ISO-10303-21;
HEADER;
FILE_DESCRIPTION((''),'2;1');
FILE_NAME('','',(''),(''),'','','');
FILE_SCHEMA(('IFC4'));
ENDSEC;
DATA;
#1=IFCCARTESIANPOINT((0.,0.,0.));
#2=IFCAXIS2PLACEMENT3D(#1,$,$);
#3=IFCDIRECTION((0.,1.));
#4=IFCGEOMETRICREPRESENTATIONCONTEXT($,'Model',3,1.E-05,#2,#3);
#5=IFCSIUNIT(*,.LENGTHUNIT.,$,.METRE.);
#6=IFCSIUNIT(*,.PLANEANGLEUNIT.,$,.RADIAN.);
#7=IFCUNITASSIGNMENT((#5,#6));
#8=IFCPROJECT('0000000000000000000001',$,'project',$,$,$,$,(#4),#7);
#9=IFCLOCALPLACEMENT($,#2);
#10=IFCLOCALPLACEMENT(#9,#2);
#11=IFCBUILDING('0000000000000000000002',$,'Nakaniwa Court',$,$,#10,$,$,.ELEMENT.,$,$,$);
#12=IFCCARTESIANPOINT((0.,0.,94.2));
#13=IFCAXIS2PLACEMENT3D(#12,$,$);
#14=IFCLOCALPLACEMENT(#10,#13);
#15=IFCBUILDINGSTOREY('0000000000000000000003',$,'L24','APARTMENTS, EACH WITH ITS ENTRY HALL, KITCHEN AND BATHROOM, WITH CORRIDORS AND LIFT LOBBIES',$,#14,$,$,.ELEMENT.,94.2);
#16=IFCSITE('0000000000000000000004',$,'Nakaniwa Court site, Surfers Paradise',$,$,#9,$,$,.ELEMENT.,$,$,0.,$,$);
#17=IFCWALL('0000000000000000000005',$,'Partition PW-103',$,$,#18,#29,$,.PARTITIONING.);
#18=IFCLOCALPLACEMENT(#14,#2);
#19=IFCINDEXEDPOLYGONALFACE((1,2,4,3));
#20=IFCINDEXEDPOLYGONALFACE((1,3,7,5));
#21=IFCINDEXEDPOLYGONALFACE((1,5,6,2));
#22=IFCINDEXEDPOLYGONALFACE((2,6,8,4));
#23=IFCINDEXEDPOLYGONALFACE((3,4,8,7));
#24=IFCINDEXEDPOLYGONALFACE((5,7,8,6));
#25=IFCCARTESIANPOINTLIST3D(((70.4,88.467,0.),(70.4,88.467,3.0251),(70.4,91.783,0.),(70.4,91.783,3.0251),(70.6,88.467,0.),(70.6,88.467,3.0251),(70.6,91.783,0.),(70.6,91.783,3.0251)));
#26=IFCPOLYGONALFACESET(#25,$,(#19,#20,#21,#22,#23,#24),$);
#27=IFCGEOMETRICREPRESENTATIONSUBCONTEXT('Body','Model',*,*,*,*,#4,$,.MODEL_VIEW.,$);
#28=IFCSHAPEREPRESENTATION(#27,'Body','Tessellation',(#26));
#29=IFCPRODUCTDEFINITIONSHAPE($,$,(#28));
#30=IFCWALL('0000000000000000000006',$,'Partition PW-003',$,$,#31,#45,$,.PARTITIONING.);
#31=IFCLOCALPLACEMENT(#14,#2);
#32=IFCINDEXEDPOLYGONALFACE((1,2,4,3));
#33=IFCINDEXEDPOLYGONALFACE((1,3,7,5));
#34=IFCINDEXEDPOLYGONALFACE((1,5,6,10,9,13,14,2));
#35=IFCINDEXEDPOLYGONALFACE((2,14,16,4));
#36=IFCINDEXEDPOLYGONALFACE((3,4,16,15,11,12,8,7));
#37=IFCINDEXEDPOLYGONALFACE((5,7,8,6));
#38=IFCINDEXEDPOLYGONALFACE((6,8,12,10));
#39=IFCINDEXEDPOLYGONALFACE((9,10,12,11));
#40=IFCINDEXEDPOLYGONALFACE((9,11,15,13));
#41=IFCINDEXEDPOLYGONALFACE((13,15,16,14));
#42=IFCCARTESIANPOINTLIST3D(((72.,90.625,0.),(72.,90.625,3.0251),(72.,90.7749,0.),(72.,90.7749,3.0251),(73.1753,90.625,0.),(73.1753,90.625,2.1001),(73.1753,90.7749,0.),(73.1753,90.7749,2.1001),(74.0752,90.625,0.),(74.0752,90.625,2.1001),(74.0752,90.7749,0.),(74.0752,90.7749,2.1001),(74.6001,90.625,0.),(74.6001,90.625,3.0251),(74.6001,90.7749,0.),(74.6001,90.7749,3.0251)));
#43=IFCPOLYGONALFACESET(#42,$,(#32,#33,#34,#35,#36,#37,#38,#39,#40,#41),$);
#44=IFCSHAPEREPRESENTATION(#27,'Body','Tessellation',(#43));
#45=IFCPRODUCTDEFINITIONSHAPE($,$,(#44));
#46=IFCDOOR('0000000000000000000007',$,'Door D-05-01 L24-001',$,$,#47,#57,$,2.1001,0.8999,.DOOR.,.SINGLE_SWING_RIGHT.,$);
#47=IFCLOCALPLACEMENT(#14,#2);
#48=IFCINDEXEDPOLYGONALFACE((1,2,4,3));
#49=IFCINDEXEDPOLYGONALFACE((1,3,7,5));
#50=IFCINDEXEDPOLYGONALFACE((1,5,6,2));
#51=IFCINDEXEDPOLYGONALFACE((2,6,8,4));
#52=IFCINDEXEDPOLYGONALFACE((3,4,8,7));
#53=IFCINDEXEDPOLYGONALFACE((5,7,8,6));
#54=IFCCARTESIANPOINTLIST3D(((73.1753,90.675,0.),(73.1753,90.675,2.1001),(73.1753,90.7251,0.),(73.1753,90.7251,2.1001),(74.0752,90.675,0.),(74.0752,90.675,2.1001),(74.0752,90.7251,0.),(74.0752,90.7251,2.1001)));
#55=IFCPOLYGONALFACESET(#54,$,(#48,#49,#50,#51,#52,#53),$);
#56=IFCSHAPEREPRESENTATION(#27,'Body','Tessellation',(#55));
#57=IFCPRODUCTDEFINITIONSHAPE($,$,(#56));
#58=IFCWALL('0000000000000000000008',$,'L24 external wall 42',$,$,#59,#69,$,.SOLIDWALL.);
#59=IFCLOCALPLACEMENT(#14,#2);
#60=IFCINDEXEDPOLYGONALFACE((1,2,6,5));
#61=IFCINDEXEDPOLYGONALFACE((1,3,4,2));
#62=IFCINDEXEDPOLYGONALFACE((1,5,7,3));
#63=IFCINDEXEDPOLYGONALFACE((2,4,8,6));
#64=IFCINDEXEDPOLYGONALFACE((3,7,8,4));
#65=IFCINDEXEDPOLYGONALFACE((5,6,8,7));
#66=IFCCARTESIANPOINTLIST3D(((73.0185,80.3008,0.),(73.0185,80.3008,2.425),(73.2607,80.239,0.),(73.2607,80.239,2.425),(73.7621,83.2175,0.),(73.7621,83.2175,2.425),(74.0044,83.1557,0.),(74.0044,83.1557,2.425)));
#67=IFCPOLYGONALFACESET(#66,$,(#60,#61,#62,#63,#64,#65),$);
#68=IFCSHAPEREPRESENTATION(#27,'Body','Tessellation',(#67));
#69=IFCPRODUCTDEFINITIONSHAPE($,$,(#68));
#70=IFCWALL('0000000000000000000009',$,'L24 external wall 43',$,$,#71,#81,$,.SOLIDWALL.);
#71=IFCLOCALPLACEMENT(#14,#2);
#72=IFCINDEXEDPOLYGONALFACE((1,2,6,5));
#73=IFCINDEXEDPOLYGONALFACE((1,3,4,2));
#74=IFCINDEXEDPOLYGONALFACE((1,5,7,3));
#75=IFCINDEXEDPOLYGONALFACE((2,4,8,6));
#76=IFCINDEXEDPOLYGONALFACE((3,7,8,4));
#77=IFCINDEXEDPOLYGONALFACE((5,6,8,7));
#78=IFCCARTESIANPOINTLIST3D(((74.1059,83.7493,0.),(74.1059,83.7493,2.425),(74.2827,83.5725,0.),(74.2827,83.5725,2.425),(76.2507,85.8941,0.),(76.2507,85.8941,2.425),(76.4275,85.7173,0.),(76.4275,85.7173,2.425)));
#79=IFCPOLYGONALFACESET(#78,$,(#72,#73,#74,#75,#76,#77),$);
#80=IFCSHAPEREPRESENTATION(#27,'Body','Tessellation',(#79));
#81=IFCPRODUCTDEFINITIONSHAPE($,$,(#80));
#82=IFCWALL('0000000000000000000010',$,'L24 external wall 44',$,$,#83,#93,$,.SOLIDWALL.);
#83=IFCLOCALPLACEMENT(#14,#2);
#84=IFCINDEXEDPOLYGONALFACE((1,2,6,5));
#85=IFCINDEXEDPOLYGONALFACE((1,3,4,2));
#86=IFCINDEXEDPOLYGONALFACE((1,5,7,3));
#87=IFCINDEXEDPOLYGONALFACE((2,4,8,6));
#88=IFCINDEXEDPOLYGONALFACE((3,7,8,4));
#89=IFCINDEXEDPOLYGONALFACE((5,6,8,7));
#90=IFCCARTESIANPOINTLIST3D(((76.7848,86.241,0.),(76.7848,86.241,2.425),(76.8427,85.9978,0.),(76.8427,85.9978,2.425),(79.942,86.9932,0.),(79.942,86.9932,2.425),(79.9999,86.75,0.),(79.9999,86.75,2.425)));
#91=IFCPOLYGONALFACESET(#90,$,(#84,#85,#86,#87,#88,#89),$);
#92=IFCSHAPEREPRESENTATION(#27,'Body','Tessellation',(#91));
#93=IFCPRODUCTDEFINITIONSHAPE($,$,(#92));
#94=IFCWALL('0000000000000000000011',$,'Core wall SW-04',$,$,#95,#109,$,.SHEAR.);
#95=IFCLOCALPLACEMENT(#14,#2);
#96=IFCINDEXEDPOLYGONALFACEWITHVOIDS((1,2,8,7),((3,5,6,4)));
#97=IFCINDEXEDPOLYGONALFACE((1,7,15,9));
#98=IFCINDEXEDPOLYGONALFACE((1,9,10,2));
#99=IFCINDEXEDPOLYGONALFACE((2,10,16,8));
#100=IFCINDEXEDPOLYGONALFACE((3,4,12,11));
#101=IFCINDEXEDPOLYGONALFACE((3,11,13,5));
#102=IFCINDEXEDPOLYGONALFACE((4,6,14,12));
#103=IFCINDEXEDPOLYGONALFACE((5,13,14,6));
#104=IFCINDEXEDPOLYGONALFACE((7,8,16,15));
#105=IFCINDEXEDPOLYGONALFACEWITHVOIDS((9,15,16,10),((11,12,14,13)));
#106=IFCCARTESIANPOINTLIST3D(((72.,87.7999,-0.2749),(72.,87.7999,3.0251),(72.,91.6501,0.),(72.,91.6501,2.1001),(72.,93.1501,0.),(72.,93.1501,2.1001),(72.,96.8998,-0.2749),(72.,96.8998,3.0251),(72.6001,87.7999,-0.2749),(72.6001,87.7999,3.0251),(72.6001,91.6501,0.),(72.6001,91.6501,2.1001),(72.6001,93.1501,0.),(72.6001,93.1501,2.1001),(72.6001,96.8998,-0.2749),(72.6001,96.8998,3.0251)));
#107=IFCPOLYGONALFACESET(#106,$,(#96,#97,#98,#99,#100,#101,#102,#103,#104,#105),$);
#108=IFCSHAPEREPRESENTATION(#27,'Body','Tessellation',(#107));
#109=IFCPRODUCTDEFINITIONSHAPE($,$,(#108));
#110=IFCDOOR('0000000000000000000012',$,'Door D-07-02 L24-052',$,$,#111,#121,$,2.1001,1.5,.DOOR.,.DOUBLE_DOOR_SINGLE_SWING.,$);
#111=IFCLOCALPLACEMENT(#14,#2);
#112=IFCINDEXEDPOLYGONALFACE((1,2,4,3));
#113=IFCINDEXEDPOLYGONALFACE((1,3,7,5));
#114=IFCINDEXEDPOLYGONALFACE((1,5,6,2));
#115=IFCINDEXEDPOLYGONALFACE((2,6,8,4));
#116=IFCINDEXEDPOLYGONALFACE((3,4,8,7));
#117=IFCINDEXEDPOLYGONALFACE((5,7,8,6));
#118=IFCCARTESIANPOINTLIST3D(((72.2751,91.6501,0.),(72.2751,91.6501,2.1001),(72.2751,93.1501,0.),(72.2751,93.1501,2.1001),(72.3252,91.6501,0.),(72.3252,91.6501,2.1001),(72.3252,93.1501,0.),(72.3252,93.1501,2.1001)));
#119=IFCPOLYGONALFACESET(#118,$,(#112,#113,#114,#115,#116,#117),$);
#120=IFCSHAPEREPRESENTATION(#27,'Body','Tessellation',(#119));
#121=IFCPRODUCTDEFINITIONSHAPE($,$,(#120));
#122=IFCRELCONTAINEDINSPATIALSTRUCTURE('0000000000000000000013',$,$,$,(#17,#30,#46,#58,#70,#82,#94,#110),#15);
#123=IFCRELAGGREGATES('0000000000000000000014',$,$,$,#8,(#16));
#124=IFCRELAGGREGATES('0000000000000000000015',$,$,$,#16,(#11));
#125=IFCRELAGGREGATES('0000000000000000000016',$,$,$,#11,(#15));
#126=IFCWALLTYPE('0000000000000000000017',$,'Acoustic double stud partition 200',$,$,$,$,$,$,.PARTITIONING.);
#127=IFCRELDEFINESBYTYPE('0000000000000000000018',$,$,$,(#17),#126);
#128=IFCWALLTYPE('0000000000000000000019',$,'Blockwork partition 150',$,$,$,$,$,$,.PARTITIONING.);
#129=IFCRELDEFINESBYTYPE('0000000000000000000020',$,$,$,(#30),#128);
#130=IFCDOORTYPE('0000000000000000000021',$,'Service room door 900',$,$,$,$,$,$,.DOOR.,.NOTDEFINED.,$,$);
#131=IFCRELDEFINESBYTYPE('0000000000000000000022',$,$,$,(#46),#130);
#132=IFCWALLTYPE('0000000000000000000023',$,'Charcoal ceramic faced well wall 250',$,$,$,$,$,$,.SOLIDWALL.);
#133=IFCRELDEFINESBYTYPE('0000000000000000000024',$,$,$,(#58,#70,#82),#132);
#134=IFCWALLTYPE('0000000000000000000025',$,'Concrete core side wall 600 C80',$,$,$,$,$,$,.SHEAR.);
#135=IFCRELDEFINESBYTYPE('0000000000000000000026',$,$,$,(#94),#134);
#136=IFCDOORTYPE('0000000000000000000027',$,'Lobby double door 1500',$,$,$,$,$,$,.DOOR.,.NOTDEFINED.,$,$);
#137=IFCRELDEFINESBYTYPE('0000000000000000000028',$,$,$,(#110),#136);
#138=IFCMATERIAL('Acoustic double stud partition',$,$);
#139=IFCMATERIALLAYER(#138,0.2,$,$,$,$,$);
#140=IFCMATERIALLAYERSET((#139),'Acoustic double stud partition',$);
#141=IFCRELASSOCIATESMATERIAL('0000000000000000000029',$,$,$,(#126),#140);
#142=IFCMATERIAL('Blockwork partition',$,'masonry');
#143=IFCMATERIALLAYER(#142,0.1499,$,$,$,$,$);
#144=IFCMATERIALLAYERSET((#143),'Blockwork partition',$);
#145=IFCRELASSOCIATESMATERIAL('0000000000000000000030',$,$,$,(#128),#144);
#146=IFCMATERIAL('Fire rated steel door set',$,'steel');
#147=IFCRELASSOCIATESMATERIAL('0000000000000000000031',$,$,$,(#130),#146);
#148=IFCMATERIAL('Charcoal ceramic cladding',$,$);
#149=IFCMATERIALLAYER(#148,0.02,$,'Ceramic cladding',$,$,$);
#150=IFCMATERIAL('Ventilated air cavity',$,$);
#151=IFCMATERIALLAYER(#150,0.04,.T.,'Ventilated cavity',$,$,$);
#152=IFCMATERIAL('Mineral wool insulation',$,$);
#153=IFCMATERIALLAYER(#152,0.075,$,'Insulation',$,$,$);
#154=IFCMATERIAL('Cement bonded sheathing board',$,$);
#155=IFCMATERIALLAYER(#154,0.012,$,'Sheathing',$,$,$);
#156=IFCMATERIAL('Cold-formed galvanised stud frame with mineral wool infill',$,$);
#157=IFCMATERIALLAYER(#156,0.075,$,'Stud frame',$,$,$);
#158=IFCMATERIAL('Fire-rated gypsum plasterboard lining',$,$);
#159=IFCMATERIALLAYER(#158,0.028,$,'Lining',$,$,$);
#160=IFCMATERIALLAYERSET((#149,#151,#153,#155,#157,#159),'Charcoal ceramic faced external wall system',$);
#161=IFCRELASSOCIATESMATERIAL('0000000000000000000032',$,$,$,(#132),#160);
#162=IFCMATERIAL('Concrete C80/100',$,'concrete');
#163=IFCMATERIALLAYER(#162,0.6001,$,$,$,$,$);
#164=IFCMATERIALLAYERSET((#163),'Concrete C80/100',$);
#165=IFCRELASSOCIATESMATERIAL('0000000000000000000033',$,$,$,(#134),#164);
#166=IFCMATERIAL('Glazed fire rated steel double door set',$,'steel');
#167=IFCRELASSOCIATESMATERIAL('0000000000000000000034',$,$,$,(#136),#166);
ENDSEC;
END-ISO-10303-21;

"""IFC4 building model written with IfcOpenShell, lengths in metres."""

from ifc_helpers import new_model, si_unit, direction, frame, frame_2d, origin, place, context, subcontext, project, spatial, rectangle, extrude, material, layer, layer_set, type_object, element, fill, save


model = new_model("IFC4")

# Units and contexts
model_context = context("Model", 3, precision=1e-05, world=origin(), true_north=direction((0.0, 1.0)))
body_context = subcontext(model_context, "Body", "Model", "MODEL_VIEW")
ifc_project = project(units=[si_unit("LENGTHUNIT", "METRE"), si_unit("PLANEANGLEUNIT", "RADIAN")], contexts=[model_context])

# Site, building, storey
site_placement = place(None, origin())
site = spatial("IfcSite", under=ifc_project, at=site_placement, Name="Nakaniwa Court site, Surfers Paradise", CompositionType="ELEMENT", RefElevation=0.0)
building_placement = place(site_placement, origin())
building = spatial("IfcBuilding", under=site, at=building_placement, Name="Nakaniwa Court", CompositionType="ELEMENT")
storey_placement = place(building_placement, frame((0.0, 0.0, 94.2)))
storey = spatial("IfcBuildingStorey", under=building, at=storey_placement, Name="L24", Description="APARTMENTS, EACH WITH ITS ENTRY HALL, KITCHEN AND BATHROOM, WITH CORRIDORS AND LIFT LOBBIES", CompositionType="ELEMENT", Elevation=94.2)

# Shared definitions
ifc_material_1 = material(Name="Concrete C80/100", Category="concrete")

# Shared definitions
ifc_material_2 = material(Name="Acoustic double stud partition")
ifc_layer_1 = layer(ifc_material_2, 0.2)
ifc_layer_set_1 = layer_set([ifc_layer_1], Name="Acoustic double stud partition")
wall_type_1 = type_object("IfcWallType", Name="Acoustic double stud partition 200", PredefinedType="PARTITIONING", material=ifc_layer_set_1)

# Wall
wall_1_placement = place(storey_placement, frame((70.5, 88.467, 0.0), z_axis=(0.0, 0.0, 1.0), x_axis=(0.0, 1.0, 0.0)))
element("IfcWall", 1, at=wall_1_placement, inside=storey, type_object=wall_type_1, Name="Partition PW-103", PredefinedType="PARTITIONING", context=body_context, shape_type="SweptSolid", body=[
    extrude(rectangle(XDim=3.3159, YDim=0.2, at=frame_2d((1.658, 0.0))), origin(), (0.0, 0.0, 1.0), 3.0251),
])

# Wall, opening, door
ifc_material_3 = material(Name="Blockwork partition", Category="masonry")
ifc_layer_2 = layer(ifc_material_3, 0.1499)
ifc_layer_set_2 = layer_set([ifc_layer_2], Name="Blockwork partition")
wall_type_2 = type_object("IfcWallType", Name="Blockwork partition 150", PredefinedType="PARTITIONING", material=ifc_layer_set_2)
wall_2_placement = place(storey_placement, frame((74.6001, 90.7, 0.0), z_axis=(0.0, 0.0, 1.0), x_axis=(-1.0, 0.0, 0.0)))
wall_2 = element("IfcWall", 2, at=wall_2_placement, inside=storey, type_object=wall_type_2, Name="Partition PW-003", PredefinedType="PARTITIONING", context=body_context, shape_type="SweptSolid", body=[
    extrude(rectangle(XDim=2.6001, YDim=0.1499, at=frame_2d((1.3, 0.0))), origin(), (0.0, 0.0, 1.0), 3.0251),
])
opening_1_placement = place(wall_2_placement, frame((0.5249, 0.0, 0.0)))
opening_1 = element("IfcOpeningElement", 3, at=opening_1_placement, cuts=wall_2, PredefinedType="OPENING", context=body_context, shape_type="SweptSolid", body=[
    extrude(rectangle(XDim=0.8999, YDim=2.1001, at=frame_2d((0.45, 1.05))), frame((0.0, 0.085, 0.0), z_axis=(0.0, -1.0, 0.0), x_axis=(1.0, 0.0, 0.0)), (0.0, 0.0, 1.0), 0.1699),
])
ifc_material_4 = material(Name="Fire rated steel door set", Category="steel")
door_type_1 = type_object("IfcDoorType", Name="Service room door 900", OperationType="NOTDEFINED", PredefinedType="DOOR", material=ifc_material_4)
door_1_placement = place(opening_1_placement, origin())
door_1 = element("IfcDoor", 4, at=door_1_placement, inside=storey, type_object=door_type_1, Name="Door D-05-01 L24-001", OperationType="SINGLE_SWING_RIGHT", OverallHeight=2.1001, OverallWidth=0.8999, PredefinedType="DOOR", context=body_context, shape_type="SweptSolid", body=[
    extrude(rectangle(XDim=0.8999, YDim=2.1001, at=frame_2d((0.45, 1.05))), frame((0.0, 0.0249, 0.0), z_axis=(0.0, -1.0, 0.0), x_axis=(1.0, 0.0, 0.0)), (0.0, 0.0, 1.0), 0.05),
])
fill(opening_1, door_1)

# Walls
ifc_material_5 = material(Name="Charcoal ceramic cladding")
ifc_layer_3 = layer(ifc_material_5, 0.02, Name="Ceramic cladding")
ifc_material_6 = material(Name="Ventilated air cavity")
ifc_layer_4 = layer(ifc_material_6, 0.04, ventilated=True, Name="Ventilated cavity")
ifc_material_7 = material(Name="Mineral wool insulation")
ifc_layer_5 = layer(ifc_material_7, 0.075, Name="Insulation")
ifc_material_8 = material(Name="Cement bonded sheathing board")
ifc_layer_6 = layer(ifc_material_8, 0.012, Name="Sheathing")
ifc_material_9 = material(Name="Cold-formed galvanised stud frame with mineral wool infill")
ifc_layer_7 = layer(ifc_material_9, 0.075, Name="Stud frame")
ifc_material_10 = material(Name="Fire-rated gypsum plasterboard lining")
ifc_layer_8 = layer(ifc_material_10, 0.028, Name="Lining")
ifc_layer_set_3 = layer_set([ifc_layer_3, ifc_layer_4, ifc_layer_5, ifc_layer_6, ifc_layer_7, ifc_layer_8], Name="Charcoal ceramic faced external wall system")
wall_type_3 = type_object("IfcWallType", Name="Charcoal ceramic faced well wall 250", PredefinedType="SOLIDWALL", material=ifc_layer_set_3)
wall_3_placement = place(storey_placement, frame((73.1396, 80.27, 0.0), z_axis=(0.0, 0.0, 1.0), x_axis=(0.247056, 0.969001, 0.0)))
element("IfcWall", 5, at=wall_3_placement, inside=storey, type_object=wall_type_3, Name="L24 external wall 42", PredefinedType="SOLIDWALL", context=body_context, shape_type="SweptSolid", body=[
    extrude(rectangle(XDim=3.01, YDim=0.25, at=frame_2d((1.5049, 0.0))), origin(), (0.0, 0.0, 1.0), 2.425),
])
wall_4_placement = place(storey_placement, frame((74.1943, 83.6609, 0.0), z_axis=(0.0, 0.0, 1.0), x_axis=(0.707107, 0.707107, 0.0)))
element("IfcWall", 6, at=wall_4_placement, inside=storey, type_object=wall_type_3, Name="L24 external wall 43", PredefinedType="SOLIDWALL", context=body_context, shape_type="SweptSolid", body=[
    extrude(rectangle(XDim=3.0332, YDim=0.25, at=frame_2d((1.5166, 0.0))), origin(), (0.0, 0.0, 1.0), 2.425),
])
wall_5_placement = place(storey_placement, frame((76.8137, 86.1194, 0.0), z_axis=(0.0, 0.0, 1.0), x_axis=(0.972773, 0.23176, 0.0)))
element("IfcWall", 7, at=wall_5_placement, inside=storey, type_object=wall_type_3, Name="L24 external wall 44", PredefinedType="SOLIDWALL", context=body_context, shape_type="SweptSolid", body=[
    extrude(rectangle(XDim=3.2456, YDim=0.25, at=frame_2d((1.6228, 0.0))), origin(), (0.0, 0.0, 1.0), 2.425),
])

# Wall, opening, door
ifc_layer_9 = layer(ifc_material_1, 0.6001)
ifc_layer_set_4 = layer_set([ifc_layer_9], Name="Concrete C80/100")
wall_type_4 = type_object("IfcWallType", Name="Concrete core side wall 600 C80", PredefinedType="SHEAR", material=ifc_layer_set_4)
wall_6_placement = place(storey_placement, frame((72.3, 87.8, -0.2749), z_axis=(0.0, 0.0, 1.0), x_axis=(0.0, 1.0, 0.0)))
wall_6 = element("IfcWall", 8, at=wall_6_placement, inside=storey, type_object=wall_type_4, Name="Core wall SW-04", PredefinedType="SHEAR", context=body_context, shape_type="SweptSolid", body=[
    extrude(rectangle(XDim=9.0999, YDim=0.6001, at=frame_2d((4.5498, 0.0))), origin(), (0.0, 0.0, 1.0), 3.3),
])
opening_2_placement = place(wall_6_placement, frame((3.8501, 0.0, 0.2749)))
opening_2 = element("IfcOpeningElement", 9, at=opening_2_placement, cuts=wall_6, PredefinedType="OPENING", context=body_context, shape_type="SweptSolid", body=[
    extrude(rectangle(XDim=1.5, YDim=2.1001, at=frame_2d((0.75, 1.05))), frame((0.0, 0.3101, 0.0), z_axis=(0.0, -1.0, 0.0), x_axis=(1.0, 0.0, 0.0)), (0.0, 0.0, 1.0), 0.6201),
])
ifc_material_11 = material(Name="Glazed fire rated steel double door set", Category="steel")
door_type_2 = type_object("IfcDoorType", Name="Lobby double door 1500", OperationType="NOTDEFINED", PredefinedType="DOOR", material=ifc_material_11)
door_2_placement = place(opening_2_placement, origin())
door_2 = element("IfcDoor", 10, at=door_2_placement, inside=storey, type_object=door_type_2, Name="Door D-07-02 L24-052", OperationType="DOUBLE_DOOR_SINGLE_SWING", OverallHeight=2.1001, OverallWidth=1.5, PredefinedType="DOOR", context=body_context, shape_type="SweptSolid", body=[
    extrude(rectangle(XDim=1.5, YDim=2.1001, at=frame_2d((0.75, 1.05))), frame((0.0, 0.0249, 0.0), z_axis=(0.0, -1.0, 0.0), x_axis=(1.0, 0.0, 0.0)), (0.0, 0.0, 1.0), 0.05),
])
fill(opening_2, door_2)

save(model, "model.ifc")
